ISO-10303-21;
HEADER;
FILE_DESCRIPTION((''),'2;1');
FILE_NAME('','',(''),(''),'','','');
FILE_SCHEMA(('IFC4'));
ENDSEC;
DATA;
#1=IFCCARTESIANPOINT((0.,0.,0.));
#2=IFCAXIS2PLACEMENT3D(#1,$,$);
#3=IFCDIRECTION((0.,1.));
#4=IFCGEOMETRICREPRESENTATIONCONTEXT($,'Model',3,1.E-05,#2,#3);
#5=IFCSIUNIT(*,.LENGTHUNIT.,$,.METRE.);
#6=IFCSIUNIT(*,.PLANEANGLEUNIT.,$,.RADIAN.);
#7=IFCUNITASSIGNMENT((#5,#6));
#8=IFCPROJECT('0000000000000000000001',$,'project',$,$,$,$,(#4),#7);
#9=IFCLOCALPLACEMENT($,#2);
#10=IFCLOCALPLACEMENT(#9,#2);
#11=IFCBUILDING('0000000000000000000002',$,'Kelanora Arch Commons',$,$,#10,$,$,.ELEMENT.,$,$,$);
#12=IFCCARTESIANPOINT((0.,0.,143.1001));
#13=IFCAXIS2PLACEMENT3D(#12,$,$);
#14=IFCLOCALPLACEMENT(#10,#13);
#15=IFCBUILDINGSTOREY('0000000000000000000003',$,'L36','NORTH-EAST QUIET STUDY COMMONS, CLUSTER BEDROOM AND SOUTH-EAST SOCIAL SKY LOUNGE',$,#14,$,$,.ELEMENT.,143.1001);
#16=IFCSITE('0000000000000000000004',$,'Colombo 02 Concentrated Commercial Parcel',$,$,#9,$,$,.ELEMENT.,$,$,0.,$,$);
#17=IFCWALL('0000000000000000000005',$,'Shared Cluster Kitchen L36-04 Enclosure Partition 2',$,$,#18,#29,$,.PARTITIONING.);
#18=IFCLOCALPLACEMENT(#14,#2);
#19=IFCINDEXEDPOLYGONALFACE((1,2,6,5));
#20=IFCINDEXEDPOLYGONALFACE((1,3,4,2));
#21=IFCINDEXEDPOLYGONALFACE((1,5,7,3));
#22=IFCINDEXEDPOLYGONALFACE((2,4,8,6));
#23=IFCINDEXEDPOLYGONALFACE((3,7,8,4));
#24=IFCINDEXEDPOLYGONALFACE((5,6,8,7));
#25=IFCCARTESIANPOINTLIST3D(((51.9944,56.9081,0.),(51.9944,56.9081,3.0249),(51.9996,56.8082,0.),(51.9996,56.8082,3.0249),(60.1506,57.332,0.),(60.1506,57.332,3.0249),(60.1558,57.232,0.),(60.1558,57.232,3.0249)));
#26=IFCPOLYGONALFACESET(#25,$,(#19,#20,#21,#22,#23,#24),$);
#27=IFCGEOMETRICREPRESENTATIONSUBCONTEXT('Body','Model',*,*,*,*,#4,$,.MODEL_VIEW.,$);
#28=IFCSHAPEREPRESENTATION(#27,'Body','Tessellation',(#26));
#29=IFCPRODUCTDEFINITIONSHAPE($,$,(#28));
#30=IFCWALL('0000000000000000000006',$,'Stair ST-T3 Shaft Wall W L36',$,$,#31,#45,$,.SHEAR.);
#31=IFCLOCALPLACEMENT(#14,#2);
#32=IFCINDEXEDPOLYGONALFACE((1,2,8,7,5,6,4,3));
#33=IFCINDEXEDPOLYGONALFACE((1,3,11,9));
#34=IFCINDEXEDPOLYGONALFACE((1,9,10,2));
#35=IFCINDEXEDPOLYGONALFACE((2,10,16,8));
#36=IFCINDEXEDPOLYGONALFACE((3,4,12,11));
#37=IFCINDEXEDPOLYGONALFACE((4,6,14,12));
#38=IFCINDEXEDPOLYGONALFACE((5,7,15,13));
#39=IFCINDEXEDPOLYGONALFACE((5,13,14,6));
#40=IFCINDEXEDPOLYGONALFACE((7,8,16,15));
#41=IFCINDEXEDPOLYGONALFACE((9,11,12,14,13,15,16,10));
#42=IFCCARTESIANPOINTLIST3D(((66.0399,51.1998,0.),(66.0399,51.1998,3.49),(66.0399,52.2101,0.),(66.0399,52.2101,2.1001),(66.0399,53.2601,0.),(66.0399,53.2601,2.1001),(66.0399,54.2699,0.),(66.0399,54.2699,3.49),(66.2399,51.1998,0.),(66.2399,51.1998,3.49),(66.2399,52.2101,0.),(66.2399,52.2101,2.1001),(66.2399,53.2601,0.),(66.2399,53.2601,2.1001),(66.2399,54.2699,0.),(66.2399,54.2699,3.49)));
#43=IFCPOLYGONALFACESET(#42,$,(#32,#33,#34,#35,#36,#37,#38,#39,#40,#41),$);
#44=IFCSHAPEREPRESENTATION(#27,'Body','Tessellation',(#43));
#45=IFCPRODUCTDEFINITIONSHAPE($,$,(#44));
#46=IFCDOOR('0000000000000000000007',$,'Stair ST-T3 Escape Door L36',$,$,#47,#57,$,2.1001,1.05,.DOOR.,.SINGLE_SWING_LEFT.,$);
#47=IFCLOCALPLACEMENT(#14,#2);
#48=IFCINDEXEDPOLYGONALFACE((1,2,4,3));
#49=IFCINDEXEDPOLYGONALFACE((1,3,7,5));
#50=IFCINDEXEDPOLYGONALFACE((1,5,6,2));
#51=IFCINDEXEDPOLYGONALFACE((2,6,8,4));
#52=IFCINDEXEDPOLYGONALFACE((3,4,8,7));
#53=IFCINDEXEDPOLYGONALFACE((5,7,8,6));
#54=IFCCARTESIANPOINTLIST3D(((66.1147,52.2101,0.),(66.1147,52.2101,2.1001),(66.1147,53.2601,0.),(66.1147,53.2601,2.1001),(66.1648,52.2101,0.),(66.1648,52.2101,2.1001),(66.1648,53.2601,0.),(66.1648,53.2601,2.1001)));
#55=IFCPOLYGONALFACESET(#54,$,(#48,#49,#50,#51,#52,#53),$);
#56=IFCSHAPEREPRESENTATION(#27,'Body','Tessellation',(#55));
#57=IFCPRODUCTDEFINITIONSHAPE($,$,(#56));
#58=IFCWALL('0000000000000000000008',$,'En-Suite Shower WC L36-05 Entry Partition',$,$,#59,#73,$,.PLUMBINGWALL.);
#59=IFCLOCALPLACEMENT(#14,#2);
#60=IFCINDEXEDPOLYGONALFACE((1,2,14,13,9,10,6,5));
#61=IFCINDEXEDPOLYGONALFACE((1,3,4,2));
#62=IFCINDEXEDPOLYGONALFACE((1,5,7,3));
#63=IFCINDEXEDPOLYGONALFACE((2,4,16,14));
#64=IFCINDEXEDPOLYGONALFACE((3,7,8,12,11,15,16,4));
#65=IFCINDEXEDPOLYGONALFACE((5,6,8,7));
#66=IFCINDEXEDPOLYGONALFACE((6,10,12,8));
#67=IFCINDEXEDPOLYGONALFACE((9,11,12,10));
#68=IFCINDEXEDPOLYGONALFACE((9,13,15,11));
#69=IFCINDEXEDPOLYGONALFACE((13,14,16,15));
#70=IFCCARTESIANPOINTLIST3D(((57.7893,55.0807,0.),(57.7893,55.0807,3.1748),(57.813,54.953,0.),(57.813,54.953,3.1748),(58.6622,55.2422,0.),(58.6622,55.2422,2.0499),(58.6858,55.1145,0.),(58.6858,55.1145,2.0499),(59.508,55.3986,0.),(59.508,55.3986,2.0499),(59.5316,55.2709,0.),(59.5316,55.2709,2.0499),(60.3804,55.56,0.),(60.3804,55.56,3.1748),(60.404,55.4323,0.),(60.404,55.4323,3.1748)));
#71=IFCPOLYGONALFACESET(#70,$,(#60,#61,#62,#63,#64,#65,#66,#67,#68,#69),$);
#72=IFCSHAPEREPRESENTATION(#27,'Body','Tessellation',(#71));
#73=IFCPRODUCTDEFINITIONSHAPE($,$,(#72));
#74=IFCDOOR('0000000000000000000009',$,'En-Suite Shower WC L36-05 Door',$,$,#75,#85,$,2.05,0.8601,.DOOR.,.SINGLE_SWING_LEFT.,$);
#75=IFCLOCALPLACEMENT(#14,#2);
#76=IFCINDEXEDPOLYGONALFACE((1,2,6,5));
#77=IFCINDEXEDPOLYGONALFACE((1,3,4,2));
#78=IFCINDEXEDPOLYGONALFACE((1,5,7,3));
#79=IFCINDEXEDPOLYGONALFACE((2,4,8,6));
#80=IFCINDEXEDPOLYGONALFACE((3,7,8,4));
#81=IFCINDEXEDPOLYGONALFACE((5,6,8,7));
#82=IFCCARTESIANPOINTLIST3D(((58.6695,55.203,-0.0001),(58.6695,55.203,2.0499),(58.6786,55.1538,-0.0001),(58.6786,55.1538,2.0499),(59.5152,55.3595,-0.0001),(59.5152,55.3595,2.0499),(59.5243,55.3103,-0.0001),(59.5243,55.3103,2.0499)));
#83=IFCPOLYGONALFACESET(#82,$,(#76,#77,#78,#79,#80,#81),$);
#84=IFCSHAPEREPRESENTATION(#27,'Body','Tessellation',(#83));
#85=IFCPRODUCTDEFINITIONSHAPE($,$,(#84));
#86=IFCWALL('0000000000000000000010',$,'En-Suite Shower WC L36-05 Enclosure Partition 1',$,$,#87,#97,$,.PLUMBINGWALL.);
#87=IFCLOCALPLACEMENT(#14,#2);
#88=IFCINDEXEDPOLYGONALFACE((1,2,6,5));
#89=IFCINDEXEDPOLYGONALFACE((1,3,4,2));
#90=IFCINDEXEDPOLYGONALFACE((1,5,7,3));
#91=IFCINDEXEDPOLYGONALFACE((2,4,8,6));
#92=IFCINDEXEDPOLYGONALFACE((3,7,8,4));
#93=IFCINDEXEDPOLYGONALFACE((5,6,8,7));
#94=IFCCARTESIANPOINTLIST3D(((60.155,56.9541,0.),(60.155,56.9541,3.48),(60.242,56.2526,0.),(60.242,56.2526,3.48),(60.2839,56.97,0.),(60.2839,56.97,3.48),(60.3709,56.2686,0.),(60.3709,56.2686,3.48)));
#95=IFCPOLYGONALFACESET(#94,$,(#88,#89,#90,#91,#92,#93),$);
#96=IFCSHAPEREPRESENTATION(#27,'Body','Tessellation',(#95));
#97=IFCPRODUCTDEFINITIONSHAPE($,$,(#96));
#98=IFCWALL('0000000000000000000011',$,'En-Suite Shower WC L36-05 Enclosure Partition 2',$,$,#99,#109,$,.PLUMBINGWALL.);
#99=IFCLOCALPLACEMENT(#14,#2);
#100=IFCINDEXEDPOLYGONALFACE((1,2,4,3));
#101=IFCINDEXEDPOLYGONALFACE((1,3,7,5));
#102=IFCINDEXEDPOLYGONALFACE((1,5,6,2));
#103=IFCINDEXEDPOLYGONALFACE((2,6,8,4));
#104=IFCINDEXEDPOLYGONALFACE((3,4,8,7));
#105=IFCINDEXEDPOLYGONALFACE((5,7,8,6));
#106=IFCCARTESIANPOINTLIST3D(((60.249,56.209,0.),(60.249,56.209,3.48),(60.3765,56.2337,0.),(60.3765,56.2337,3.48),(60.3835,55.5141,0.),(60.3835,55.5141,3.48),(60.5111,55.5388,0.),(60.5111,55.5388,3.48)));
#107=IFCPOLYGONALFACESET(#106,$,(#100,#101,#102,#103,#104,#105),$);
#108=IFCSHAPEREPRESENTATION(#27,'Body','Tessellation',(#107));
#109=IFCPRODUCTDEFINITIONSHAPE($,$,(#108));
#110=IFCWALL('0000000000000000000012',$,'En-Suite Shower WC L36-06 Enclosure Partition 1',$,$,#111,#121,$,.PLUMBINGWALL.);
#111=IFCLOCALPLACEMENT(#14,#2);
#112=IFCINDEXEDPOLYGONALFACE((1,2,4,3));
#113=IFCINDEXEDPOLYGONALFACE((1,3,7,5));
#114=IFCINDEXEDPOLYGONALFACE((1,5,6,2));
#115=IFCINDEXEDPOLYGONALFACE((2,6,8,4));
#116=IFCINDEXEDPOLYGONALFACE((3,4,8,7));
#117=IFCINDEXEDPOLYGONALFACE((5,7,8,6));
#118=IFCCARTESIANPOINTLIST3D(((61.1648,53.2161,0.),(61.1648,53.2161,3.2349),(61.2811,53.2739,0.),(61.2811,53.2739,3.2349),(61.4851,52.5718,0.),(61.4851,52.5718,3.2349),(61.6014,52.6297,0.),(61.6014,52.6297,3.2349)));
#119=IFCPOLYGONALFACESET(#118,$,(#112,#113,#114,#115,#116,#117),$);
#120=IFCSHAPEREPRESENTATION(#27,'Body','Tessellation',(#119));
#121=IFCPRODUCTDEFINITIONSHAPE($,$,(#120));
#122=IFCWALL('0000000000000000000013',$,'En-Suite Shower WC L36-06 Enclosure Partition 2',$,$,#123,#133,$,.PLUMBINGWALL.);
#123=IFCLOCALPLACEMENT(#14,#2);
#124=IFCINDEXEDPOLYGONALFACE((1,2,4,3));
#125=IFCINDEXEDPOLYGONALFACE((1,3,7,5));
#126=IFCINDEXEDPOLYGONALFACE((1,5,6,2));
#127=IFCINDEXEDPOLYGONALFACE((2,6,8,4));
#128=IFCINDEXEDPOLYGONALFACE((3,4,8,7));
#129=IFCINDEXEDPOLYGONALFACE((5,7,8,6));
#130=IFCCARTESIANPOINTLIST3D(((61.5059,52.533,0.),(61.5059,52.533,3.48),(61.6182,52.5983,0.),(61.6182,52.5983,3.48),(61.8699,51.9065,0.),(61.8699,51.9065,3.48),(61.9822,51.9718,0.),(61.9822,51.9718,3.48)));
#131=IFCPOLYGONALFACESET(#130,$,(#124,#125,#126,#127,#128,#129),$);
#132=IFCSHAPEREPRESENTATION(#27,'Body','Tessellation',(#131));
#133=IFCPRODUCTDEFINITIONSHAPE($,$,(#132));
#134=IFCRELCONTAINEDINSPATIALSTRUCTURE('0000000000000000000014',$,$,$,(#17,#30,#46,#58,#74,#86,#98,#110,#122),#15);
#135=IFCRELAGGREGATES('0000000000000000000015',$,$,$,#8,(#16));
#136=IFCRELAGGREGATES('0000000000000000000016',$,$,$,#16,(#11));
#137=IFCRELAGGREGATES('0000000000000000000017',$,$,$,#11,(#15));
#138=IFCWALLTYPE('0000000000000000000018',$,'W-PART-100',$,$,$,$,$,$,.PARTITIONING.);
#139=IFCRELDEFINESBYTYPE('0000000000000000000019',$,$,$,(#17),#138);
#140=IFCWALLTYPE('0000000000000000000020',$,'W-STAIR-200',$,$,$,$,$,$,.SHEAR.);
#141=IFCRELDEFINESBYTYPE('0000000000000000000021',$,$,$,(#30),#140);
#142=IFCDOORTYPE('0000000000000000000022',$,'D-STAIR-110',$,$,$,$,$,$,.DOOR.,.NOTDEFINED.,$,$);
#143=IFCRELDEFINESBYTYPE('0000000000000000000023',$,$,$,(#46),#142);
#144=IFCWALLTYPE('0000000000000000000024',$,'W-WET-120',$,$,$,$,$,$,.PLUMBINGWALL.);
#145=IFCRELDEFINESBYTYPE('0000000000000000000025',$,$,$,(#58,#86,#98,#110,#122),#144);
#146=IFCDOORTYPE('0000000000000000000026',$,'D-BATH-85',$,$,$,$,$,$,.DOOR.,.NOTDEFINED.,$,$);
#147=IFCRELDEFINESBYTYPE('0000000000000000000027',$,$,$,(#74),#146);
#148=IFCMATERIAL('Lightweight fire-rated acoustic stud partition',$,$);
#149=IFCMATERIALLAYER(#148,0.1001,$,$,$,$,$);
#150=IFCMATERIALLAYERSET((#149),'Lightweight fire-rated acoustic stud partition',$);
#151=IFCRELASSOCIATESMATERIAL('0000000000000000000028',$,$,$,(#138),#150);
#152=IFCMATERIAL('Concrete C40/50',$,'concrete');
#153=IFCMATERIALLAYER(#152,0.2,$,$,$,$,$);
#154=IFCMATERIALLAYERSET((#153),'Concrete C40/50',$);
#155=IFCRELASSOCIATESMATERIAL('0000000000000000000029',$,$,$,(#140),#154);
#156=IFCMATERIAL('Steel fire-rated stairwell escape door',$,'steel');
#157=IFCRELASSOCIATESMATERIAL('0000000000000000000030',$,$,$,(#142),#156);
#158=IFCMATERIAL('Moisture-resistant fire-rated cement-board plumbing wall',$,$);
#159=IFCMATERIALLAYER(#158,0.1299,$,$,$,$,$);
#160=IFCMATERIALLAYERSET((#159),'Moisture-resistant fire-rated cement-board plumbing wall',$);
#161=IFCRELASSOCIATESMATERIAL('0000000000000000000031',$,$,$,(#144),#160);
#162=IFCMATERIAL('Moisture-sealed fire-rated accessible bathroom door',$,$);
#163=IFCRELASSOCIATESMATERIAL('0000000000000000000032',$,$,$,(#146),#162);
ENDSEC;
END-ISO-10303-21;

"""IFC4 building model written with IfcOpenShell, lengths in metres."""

from ifc_helpers import new_model, si_unit, direction, frame, frame_2d, origin, place, context, subcontext, project, spatial, rectangle, extrude, material, layer, layer_set, type_object, element, fill, save


model = new_model("IFC4")

# Units and contexts
model_context = context("Model", 3, precision=1e-05, world=origin(), true_north=direction((0.0, 1.0)))
body_context = subcontext(model_context, "Body", "Model", "MODEL_VIEW")
ifc_project = project(units=[si_unit("LENGTHUNIT", "METRE"), si_unit("PLANEANGLEUNIT", "RADIAN")], contexts=[model_context])

# Site, building, storey
site_placement = place(None, origin())
site = spatial("IfcSite", under=ifc_project, at=site_placement, Name="Colombo 02 Concentrated Commercial Parcel", CompositionType="ELEMENT", RefElevation=0.0)
building_placement = place(site_placement, origin())
building = spatial("IfcBuilding", under=site, at=building_placement, Name="Kelanora Arch Commons", CompositionType="ELEMENT")
storey_placement = place(building_placement, frame((0.0, 0.0, 143.1001)))
storey = spatial("IfcBuildingStorey", under=building, at=storey_placement, Name="L36", Description="NORTH-EAST QUIET STUDY COMMONS, CLUSTER BEDROOM AND SOUTH-EAST SOCIAL SKY LOUNGE", CompositionType="ELEMENT", Elevation=143.1001)

# Shared definitions
ifc_material_1 = material(Name="Concrete C40/50", Category="concrete")

# Wall
ifc_material_2 = material(Name="Lightweight fire-rated acoustic stud partition")
ifc_layer_1 = layer(ifc_material_2, 0.1001)
ifc_layer_set_1 = layer_set([ifc_layer_1], Name="Lightweight fire-rated acoustic stud partition")
wall_type_1 = type_object("IfcWallType", Name="W-PART-100", PredefinedType="PARTITIONING", material=ifc_layer_set_1)
wall_1_placement = place(storey_placement, frame((60.1531, 57.282, 0.0), z_axis=(0.0, 0.0, 1.0), x_axis=(-0.998653, -0.051894, 0.0)))
element("IfcWall", 1, at=wall_1_placement, inside=storey, type_object=wall_type_1, Name="Shared Cluster Kitchen L36-04 Enclosure Partition 2", PredefinedType="PARTITIONING", context=body_context, shape_type="SweptSolid", body=[
    extrude(rectangle(XDim=8.1672, YDim=0.1001, at=frame_2d((4.0835, 0.0))), origin(), (0.0, 0.0, 1.0), 3.0249),
])

# Walls, openings, doors
ifc_layer_2 = layer(ifc_material_1, 0.2)
ifc_layer_set_2 = layer_set([ifc_layer_2], Name="Concrete C40/50")
wall_type_2 = type_object("IfcWallType", Name="W-STAIR-200", PredefinedType="SHEAR", material=ifc_layer_set_2)
wall_2_placement = place(storey_placement, frame((66.1399, 54.27, 0.0), z_axis=(0.0, 0.0, 1.0), x_axis=(0.0, -1.0, 0.0)))
wall_2 = element("IfcWall", 2, at=wall_2_placement, inside=storey, type_object=wall_type_2, Name="Stair ST-T3 Shaft Wall W L36", PredefinedType="SHEAR", context=body_context, shape_type="SweptSolid", body=[
    extrude(rectangle(XDim=3.0701, YDim=0.2, at=frame_2d((1.5352, 0.0))), origin(), (0.0, 0.0, 1.0), 3.49),
])
opening_1_placement = place(wall_2_placement, frame((1.01, 0.0, 0.0)))
opening_1 = element("IfcOpeningElement", 3, at=opening_1_placement, cuts=wall_2, PredefinedType="OPENING", context=body_context, shape_type="SweptSolid", body=[
    extrude(rectangle(XDim=1.05, YDim=2.1001, at=frame_2d((0.5249, 1.05))), frame((0.0, 0.1099, 0.0), z_axis=(0.0, -1.0, 0.0), x_axis=(1.0, 0.0, 0.0)), (0.0, 0.0, 1.0), 0.22),
])
ifc_material_3 = material(Name="Steel fire-rated stairwell escape door", Category="steel")
door_type_1 = type_object("IfcDoorType", Name="D-STAIR-110", OperationType="NOTDEFINED", PredefinedType="DOOR", material=ifc_material_3)
door_1_placement = place(opening_1_placement, origin())
door_1 = element("IfcDoor", 4, at=door_1_placement, inside=storey, type_object=door_type_1, Name="Stair ST-T3 Escape Door L36", OperationType="SINGLE_SWING_LEFT", OverallHeight=2.1001, OverallWidth=1.05, PredefinedType="DOOR", context=body_context, shape_type="SweptSolid", body=[
    extrude(rectangle(XDim=1.05, YDim=2.1001, at=frame_2d((0.5249, 1.05))), frame((0.0, 0.0249, 0.0), z_axis=(0.0, -1.0, 0.0), x_axis=(1.0, 0.0, 0.0)), (0.0, 0.0, 1.0), 0.05),
])
fill(opening_1, door_1)
ifc_material_4 = material(Name="Moisture-resistant fire-rated cement-board plumbing wall")
ifc_layer_3 = layer(ifc_material_4, 0.1299)
ifc_layer_set_3 = layer_set([ifc_layer_3], Name="Moisture-resistant fire-rated cement-board plumbing wall")
wall_type_3 = type_object("IfcWallType", Name="W-WET-120", PredefinedType="PLUMBINGWALL", material=ifc_layer_set_3)
wall_3_placement = place(storey_placement, frame((60.3921, 55.4961, 0.0), z_axis=(0.0, 0.0, 1.0), x_axis=(-0.983321, -0.181877, 0.0)))
wall_3 = element("IfcWall", 5, at=wall_3_placement, inside=storey, type_object=wall_type_3, Name="En-Suite Shower WC L36-05 Entry Partition", PredefinedType="PLUMBINGWALL", context=body_context, shape_type="SweptSolid", body=[
    extrude(rectangle(XDim=2.635, YDim=0.1299, at=frame_2d((1.3174, 0.0))), origin(), (0.0, 0.0, 1.0), 3.1748),
])
opening_2_placement = place(wall_3_placement, frame((0.887, 0.0, 0.0)))
opening_2 = element("IfcOpeningElement", 6, at=opening_2_placement, cuts=wall_3, PredefinedType="OPENING", context=body_context, shape_type="SweptSolid", body=[
    extrude(rectangle(XDim=0.8601, YDim=2.05, at=frame_2d((0.4302, 1.0249))), frame((0.0, 0.075, 0.0), z_axis=(0.0, -1.0, 0.0), x_axis=(1.0, 0.0, 0.0)), (0.0, 0.0, 1.0), 0.1499),
])
ifc_material_5 = material(Name="Moisture-sealed fire-rated accessible bathroom door")
door_type_2 = type_object("IfcDoorType", Name="D-BATH-85", OperationType="NOTDEFINED", PredefinedType="DOOR", material=ifc_material_5)
door_2_placement = place(opening_2_placement, origin())
door_2 = element("IfcDoor", 7, at=door_2_placement, inside=storey, type_object=door_type_2, Name="En-Suite Shower WC L36-05 Door", OperationType="SINGLE_SWING_LEFT", OverallHeight=2.05, OverallWidth=0.8601, PredefinedType="DOOR", context=body_context, shape_type="SweptSolid", body=[
    extrude(rectangle(XDim=0.8601, YDim=2.05, at=frame_2d((0.4302, 1.0249))), frame((0.0, 0.0249, 0.0), z_axis=(0.0, -1.0, 0.0), x_axis=(1.0, 0.0, 0.0)), (0.0, 0.0, 1.0), 0.05),
])
fill(opening_2, door_2)

# Walls
wall_4_placement = place(storey_placement, frame((60.2195, 56.9622, 0.0), z_axis=(0.0, 0.0, 1.0), x_axis=(0.122972, -0.99241, 0.0)))
element("IfcWall", 8, at=wall_4_placement, inside=storey, type_object=wall_type_3, Name="En-Suite Shower WC L36-05 Enclosure Partition 1", PredefinedType="PLUMBINGWALL", context=body_context, shape_type="SweptSolid", body=[
    extrude(rectangle(XDim=0.7068, YDim=0.1299, at=frame_2d((0.3535, 0.0))), origin(), (0.0, 0.0, 1.0), 3.48),
])
wall_5_placement = place(storey_placement, frame((60.3127, 56.2214, 0.0), z_axis=(0.0, 0.0, 1.0), x_axis=(0.190076, -0.981769, 0.0)))
element("IfcWall", 9, at=wall_5_placement, inside=storey, type_object=wall_type_3, Name="En-Suite Shower WC L36-05 Enclosure Partition 2", PredefinedType="PLUMBINGWALL", context=body_context, shape_type="SweptSolid", body=[
    extrude(rectangle(XDim=0.7078, YDim=0.1299, at=frame_2d((0.354, 0.0))), origin(), (0.0, 0.0, 1.0), 3.48),
])
wall_6_placement = place(storey_placement, frame((61.2229, 53.2451, 0.0), z_axis=(0.0, 0.0, 1.0), x_axis=(0.445177, -0.895443, 0.0)))
element("IfcWall", 10, at=wall_6_placement, inside=storey, type_object=wall_type_3, Name="En-Suite Shower WC L36-06 Enclosure Partition 1", PredefinedType="PLUMBINGWALL", context=body_context, shape_type="SweptSolid", body=[
    extrude(rectangle(XDim=0.7195, YDim=0.1299, at=frame_2d((0.3599, 0.0))), origin(), (0.0, 0.0, 1.0), 3.2349),
])
wall_7_placement = place(storey_placement, frame((61.562, 52.5657, 0.0), z_axis=(0.0, 0.0, 1.0), x_axis=(0.502404, -0.864633, 0.0)))
element("IfcWall", 11, at=wall_7_placement, inside=storey, type_object=wall_type_3, Name="En-Suite Shower WC L36-06 Enclosure Partition 2", PredefinedType="PLUMBINGWALL", context=body_context, shape_type="SweptSolid", body=[
    extrude(rectangle(XDim=0.7246, YDim=0.1299, at=frame_2d((0.3623, 0.0))), origin(), (0.0, 0.0, 1.0), 3.48),
])

save(model, "model.ifc")
